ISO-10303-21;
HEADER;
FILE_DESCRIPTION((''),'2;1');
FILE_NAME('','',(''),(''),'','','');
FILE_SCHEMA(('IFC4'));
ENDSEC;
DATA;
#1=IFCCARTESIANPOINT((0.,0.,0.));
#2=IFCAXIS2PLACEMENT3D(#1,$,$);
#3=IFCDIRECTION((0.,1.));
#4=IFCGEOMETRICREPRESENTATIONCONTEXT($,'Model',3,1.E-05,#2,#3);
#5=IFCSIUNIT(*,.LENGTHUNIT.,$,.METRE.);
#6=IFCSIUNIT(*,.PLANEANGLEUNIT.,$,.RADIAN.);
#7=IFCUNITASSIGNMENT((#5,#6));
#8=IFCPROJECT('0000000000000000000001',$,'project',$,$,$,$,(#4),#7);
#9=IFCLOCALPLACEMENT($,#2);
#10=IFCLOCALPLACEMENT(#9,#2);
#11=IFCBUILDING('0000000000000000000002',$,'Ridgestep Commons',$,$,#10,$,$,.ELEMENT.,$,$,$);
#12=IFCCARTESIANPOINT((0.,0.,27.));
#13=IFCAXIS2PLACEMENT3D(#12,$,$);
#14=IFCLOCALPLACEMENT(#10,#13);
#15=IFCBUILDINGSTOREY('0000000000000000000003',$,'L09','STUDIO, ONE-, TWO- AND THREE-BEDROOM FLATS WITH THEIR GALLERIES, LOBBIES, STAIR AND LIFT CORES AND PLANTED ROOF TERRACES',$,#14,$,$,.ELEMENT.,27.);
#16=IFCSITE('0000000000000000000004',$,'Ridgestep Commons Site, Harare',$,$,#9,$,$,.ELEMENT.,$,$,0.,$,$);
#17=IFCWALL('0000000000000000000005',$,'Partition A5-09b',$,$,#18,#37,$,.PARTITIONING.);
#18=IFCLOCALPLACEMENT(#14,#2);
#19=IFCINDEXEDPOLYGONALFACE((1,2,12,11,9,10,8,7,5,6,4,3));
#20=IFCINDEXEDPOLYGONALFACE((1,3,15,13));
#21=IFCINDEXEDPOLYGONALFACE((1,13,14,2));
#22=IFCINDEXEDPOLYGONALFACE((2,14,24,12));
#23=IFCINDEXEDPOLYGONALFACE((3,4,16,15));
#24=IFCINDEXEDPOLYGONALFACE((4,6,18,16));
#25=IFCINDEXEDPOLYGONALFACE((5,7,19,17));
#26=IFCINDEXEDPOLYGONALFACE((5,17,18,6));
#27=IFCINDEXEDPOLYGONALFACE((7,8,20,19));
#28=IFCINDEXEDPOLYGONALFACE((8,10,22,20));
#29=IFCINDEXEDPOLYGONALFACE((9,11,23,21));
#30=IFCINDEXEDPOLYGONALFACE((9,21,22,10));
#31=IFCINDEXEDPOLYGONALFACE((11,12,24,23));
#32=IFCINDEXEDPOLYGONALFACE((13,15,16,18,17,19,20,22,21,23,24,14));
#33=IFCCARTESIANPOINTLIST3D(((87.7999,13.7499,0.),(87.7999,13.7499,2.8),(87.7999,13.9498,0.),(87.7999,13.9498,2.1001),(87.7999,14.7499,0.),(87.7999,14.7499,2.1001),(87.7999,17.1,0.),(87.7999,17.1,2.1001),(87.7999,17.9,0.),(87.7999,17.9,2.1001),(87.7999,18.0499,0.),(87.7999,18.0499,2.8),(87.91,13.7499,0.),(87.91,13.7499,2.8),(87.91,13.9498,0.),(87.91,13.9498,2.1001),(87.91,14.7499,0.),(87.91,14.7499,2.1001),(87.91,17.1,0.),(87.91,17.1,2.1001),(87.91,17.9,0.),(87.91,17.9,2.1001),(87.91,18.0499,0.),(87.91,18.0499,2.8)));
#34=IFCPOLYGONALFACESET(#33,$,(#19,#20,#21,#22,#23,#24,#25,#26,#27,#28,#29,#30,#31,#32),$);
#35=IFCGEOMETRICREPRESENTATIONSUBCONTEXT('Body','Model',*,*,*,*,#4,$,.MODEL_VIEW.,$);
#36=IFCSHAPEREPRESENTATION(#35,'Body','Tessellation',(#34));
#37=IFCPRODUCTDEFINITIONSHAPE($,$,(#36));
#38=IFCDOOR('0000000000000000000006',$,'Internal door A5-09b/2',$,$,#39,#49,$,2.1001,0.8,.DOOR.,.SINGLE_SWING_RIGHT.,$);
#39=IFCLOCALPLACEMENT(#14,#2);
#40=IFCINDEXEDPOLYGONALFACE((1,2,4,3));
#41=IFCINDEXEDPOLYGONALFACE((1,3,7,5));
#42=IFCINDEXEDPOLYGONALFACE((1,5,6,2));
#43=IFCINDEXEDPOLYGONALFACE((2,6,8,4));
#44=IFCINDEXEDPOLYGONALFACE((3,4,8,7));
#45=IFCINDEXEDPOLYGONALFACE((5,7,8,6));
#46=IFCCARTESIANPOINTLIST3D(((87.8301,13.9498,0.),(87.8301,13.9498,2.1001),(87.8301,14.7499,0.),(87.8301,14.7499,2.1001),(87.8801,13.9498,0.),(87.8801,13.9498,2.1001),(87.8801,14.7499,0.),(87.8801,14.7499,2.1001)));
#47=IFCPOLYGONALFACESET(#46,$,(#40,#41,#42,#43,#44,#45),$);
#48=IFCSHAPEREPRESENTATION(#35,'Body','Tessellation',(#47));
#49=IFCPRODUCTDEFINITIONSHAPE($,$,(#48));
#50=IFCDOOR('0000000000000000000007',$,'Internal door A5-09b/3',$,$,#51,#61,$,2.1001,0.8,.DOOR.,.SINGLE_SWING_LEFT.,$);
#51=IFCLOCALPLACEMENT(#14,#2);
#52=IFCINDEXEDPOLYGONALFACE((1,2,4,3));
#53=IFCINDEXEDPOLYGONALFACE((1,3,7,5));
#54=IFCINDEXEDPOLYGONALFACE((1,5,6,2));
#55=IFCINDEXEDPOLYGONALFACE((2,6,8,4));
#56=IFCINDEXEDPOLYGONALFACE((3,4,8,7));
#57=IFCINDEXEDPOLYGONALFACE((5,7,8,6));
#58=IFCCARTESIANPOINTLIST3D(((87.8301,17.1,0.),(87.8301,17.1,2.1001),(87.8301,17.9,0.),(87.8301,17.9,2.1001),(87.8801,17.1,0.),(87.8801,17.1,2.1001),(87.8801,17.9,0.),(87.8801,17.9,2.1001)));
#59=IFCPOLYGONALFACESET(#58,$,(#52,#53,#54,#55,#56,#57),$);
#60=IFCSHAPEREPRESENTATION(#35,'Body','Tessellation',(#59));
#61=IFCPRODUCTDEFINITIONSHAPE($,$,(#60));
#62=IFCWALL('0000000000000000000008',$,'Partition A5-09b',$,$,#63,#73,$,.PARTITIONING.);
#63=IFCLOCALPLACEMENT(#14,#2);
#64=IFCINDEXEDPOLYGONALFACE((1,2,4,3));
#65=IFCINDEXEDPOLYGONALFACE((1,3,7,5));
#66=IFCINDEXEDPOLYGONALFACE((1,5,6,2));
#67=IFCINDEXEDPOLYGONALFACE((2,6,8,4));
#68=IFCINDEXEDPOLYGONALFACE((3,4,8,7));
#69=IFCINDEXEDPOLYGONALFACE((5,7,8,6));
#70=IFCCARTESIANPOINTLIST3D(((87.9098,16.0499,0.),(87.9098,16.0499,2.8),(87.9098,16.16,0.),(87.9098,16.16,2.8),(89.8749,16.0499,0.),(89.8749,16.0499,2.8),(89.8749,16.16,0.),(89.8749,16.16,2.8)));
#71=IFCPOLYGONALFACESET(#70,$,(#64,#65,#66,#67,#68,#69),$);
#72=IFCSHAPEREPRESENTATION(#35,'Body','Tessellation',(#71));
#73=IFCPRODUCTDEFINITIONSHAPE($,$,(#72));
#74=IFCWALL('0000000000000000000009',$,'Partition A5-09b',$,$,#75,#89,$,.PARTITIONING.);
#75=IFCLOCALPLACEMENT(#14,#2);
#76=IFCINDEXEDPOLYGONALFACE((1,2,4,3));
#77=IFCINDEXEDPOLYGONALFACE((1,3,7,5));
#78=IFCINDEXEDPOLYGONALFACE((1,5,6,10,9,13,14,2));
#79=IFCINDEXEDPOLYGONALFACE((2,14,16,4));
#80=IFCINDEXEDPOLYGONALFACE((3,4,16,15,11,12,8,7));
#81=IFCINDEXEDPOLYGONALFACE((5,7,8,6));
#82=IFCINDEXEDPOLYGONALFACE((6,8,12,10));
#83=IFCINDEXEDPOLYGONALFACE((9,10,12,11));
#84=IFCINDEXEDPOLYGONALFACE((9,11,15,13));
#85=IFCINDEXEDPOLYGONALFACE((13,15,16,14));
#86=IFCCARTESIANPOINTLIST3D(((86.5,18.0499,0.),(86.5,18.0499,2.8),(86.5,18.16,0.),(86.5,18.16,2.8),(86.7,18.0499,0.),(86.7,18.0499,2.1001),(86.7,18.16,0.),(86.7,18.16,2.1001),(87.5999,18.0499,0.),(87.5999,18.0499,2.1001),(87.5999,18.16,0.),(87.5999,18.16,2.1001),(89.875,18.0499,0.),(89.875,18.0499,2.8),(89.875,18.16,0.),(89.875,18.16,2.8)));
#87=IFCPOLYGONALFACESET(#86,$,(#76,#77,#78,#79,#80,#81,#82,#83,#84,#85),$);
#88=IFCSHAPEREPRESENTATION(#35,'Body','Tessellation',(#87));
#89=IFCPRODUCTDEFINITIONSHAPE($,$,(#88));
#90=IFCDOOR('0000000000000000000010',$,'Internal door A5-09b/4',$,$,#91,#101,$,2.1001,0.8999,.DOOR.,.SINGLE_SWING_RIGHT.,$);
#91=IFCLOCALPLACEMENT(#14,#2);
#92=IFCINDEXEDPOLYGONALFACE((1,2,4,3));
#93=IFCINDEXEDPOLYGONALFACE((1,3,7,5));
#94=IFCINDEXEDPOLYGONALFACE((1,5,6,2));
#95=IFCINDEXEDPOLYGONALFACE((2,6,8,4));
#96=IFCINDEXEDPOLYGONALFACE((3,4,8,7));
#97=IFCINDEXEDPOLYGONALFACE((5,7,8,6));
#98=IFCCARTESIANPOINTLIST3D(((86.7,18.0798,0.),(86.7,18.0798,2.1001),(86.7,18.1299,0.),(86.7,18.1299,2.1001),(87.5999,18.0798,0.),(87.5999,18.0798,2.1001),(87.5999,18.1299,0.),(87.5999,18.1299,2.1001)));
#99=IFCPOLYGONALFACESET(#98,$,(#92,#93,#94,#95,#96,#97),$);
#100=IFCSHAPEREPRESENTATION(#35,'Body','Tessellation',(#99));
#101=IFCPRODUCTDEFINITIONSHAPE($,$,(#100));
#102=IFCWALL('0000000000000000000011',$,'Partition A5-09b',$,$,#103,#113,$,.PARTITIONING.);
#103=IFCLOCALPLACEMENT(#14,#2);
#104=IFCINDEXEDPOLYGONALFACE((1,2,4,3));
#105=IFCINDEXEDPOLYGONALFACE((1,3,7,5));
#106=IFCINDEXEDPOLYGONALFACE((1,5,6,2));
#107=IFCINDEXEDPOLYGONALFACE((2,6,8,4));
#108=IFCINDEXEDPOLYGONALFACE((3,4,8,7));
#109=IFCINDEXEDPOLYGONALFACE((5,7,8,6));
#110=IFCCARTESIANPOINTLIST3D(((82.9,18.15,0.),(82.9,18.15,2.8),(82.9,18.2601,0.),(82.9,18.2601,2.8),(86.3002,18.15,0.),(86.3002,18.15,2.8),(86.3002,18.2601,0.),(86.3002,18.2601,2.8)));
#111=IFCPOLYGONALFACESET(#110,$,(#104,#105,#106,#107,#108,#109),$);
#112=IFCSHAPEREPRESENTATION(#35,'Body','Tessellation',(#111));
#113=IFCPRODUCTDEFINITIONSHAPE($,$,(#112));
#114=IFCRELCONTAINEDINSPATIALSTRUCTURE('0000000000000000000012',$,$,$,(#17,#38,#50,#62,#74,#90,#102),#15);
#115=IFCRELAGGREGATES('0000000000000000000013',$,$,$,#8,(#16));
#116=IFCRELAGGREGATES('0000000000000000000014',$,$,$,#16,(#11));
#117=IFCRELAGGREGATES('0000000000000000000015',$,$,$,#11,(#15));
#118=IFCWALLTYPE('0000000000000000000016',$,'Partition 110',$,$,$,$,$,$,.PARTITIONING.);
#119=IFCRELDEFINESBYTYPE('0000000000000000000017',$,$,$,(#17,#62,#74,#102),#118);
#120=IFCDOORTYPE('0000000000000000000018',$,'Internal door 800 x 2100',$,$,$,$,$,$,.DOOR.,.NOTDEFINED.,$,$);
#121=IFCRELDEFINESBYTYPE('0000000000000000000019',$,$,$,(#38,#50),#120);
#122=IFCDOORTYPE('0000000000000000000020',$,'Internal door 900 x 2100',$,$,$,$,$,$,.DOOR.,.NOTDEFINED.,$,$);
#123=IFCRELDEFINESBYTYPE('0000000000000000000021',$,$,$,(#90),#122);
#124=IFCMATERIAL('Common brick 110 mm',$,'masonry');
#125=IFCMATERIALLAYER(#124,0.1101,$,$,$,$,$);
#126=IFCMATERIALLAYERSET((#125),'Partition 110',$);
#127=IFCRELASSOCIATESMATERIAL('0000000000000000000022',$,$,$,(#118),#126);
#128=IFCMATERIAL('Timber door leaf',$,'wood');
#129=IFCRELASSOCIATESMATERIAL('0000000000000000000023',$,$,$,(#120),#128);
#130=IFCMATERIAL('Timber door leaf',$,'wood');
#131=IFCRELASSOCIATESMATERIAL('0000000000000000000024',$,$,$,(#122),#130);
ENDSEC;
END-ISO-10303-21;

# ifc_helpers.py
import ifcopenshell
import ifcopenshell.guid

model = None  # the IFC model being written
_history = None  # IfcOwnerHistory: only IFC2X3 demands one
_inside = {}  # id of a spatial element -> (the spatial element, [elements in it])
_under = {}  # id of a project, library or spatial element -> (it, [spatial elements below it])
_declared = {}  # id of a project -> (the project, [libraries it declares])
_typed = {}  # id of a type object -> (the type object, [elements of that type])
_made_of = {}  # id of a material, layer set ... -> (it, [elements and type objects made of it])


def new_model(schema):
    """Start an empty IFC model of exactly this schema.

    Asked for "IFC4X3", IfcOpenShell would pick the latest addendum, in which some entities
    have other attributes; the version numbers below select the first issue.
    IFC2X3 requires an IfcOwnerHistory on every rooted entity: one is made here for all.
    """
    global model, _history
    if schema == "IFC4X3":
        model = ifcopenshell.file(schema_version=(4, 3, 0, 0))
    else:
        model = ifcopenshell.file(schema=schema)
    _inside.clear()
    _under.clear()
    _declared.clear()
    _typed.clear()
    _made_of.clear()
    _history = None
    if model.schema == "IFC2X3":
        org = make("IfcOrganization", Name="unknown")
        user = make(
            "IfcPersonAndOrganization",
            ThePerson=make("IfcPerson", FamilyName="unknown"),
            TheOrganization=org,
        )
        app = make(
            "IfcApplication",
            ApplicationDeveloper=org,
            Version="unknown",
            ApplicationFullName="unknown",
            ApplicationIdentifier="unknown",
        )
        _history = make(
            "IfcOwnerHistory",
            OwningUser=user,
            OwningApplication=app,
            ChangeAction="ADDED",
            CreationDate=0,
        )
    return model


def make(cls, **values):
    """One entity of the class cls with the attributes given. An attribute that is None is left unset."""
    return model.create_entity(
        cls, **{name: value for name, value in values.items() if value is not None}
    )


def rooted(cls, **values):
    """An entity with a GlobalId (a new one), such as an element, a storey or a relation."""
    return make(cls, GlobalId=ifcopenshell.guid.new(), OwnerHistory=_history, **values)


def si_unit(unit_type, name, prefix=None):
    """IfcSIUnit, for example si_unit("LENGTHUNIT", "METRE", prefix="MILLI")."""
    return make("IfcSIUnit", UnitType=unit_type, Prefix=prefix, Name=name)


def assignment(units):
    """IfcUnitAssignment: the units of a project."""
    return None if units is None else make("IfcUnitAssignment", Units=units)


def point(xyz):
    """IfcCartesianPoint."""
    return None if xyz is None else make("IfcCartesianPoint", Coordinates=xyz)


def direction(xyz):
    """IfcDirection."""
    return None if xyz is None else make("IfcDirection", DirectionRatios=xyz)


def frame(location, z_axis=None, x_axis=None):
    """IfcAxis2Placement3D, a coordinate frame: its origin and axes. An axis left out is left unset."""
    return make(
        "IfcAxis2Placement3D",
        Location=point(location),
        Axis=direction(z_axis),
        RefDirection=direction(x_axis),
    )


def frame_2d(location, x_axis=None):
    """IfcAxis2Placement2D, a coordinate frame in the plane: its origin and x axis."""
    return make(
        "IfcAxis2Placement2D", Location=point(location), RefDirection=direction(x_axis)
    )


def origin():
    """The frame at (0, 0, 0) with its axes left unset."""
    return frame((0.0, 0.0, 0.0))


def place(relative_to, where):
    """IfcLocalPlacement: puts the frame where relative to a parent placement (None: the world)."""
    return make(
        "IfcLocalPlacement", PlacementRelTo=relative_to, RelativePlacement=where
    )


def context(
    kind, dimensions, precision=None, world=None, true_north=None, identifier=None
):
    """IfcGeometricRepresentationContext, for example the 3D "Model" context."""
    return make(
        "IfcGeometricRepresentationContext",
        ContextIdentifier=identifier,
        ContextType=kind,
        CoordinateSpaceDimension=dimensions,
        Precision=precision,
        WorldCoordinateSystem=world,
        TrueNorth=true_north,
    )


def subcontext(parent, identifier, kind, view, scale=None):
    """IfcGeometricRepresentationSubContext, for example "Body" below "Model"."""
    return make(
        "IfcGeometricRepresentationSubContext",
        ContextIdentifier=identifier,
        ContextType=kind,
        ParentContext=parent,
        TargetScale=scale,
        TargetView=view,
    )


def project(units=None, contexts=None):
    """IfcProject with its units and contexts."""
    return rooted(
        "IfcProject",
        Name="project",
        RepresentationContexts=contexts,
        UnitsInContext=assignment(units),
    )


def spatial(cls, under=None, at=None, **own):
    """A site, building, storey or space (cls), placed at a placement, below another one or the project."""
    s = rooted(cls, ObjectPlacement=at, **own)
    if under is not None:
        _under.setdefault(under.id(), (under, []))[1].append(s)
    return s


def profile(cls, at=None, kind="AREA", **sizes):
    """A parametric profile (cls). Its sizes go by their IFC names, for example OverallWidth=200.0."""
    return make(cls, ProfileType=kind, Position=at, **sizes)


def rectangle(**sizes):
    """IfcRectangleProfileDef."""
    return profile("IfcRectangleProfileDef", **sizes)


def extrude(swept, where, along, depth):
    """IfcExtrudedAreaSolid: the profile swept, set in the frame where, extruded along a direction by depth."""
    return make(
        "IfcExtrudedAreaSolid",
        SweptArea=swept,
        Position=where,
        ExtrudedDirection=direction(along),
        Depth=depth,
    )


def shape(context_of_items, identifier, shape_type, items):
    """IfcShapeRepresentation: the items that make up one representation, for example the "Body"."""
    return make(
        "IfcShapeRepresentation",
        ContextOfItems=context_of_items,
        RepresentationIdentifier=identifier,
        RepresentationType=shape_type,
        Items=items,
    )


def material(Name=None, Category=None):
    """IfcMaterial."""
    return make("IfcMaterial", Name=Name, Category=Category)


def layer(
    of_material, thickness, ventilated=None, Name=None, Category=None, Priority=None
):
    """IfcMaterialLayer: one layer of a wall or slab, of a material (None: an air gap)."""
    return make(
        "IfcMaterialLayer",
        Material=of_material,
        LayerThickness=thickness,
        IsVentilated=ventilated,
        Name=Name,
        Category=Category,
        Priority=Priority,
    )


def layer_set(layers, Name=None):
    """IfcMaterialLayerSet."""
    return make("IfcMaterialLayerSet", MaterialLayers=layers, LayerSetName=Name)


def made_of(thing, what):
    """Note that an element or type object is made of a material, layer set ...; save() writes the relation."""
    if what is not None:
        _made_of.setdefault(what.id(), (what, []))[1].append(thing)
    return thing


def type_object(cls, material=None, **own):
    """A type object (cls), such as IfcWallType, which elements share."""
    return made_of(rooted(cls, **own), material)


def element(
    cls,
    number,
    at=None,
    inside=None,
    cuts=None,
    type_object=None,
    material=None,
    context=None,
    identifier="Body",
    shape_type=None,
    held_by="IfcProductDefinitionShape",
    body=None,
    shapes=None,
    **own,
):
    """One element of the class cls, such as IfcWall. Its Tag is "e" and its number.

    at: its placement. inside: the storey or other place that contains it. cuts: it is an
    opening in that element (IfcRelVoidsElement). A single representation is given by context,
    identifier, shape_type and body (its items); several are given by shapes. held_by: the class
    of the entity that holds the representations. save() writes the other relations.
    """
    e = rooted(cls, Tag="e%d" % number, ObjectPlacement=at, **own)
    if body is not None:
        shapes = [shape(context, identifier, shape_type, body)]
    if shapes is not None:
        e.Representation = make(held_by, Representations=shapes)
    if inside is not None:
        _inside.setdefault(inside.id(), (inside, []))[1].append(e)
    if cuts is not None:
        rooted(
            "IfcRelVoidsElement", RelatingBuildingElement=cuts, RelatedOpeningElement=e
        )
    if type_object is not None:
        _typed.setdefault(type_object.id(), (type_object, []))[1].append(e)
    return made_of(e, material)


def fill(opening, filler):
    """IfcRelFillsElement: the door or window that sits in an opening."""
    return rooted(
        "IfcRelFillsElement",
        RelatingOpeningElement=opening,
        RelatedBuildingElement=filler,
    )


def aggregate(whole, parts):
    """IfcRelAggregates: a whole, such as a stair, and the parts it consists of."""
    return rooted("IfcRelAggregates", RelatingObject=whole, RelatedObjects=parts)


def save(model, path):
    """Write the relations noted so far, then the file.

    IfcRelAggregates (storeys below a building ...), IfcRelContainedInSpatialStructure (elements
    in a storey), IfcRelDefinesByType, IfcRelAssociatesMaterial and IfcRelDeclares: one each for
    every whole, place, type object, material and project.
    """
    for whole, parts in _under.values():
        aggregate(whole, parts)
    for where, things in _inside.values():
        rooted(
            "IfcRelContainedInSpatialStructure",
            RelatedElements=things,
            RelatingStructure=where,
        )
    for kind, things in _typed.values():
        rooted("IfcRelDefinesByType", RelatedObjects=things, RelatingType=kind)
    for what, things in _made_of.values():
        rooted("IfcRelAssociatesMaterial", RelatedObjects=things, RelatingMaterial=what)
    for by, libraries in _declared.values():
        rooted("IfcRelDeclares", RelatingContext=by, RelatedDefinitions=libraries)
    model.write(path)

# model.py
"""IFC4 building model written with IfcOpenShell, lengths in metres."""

from ifc_helpers import new_model, si_unit, direction, frame, frame_2d, origin, place, context, subcontext, project, spatial, rectangle, extrude, material, layer, layer_set, type_object, element, fill, save


model = new_model("IFC4")

# Units and contexts
model_context = context("Model", 3, precision=1e-05, world=origin(), true_north=direction((0.0, 1.0)))
body_context = subcontext(model_context, "Body", "Model", "MODEL_VIEW")
ifc_project = project(units=[si_unit("LENGTHUNIT", "METRE"), si_unit("PLANEANGLEUNIT", "RADIAN")], contexts=[model_context])

# Site, building, storey
site_placement = place(None, origin())
site = spatial("IfcSite", under=ifc_project, at=site_placement, Name="Ridgestep Commons Site, Harare", CompositionType="ELEMENT", RefElevation=0.0)
building_placement = place(site_placement, origin())
building = spatial("IfcBuilding", under=site, at=building_placement, Name="Ridgestep Commons", CompositionType="ELEMENT")
storey_placement = place(building_placement, frame((0.0, 0.0, 27.0)))
storey = spatial("IfcBuildingStorey", under=building, at=storey_placement, Name="L09", Description="STUDIO, ONE-, TWO- AND THREE-BEDROOM FLATS WITH THEIR GALLERIES, LOBBIES, STAIR AND LIFT CORES AND PLANTED ROOF TERRACES", CompositionType="ELEMENT", Elevation=27.0)

# Wall, openings, doors
ifc_material_1 = material(Name="Common brick 110 mm", Category="masonry")
ifc_layer_1 = layer(ifc_material_1, 0.1101)
ifc_layer_set_1 = layer_set([ifc_layer_1], Name="Partition 110")
wall_type_1 = type_object("IfcWallType", Name="Partition 110", PredefinedType="PARTITIONING", material=ifc_layer_set_1)
wall_1_placement = place(storey_placement, frame((87.855, 13.75, 0.0), z_axis=(0.0, 0.0, 1.0), x_axis=(0.0, 1.0, 0.0)))
wall_1 = element("IfcWall", 1, at=wall_1_placement, inside=storey, type_object=wall_type_1, Name="Partition A5-09b", PredefinedType="PARTITIONING", context=body_context, shape_type="SweptSolid", body=[
    extrude(rectangle(XDim=4.3, YDim=0.1101, at=frame_2d((2.1499, 0.0))), origin(), (0.0, 0.0, 1.0), 2.8),
])
opening_1_placement = place(wall_1_placement, frame((0.2, 0.0, 0.0)))
opening_1 = element("IfcOpeningElement", 2, at=opening_1_placement, cuts=wall_1, PredefinedType="OPENING", context=body_context, shape_type="SweptSolid", body=[
    extrude(rectangle(XDim=0.8, YDim=2.1001, at=frame_2d((0.3999, 1.05))), frame((0.0, 0.0649, 0.0), z_axis=(0.0, -1.0, 0.0), x_axis=(1.0, 0.0, 0.0)), (0.0, 0.0, 1.0), 0.1301),
])
opening_2_placement = place(wall_1_placement, frame((3.3501, 0.0, 0.0)))
opening_2 = element("IfcOpeningElement", 3, at=opening_2_placement, cuts=wall_1, PredefinedType="OPENING", context=body_context, shape_type="SweptSolid", body=[
    extrude(rectangle(XDim=0.8, YDim=2.1001, at=frame_2d((0.3999, 1.05))), frame((0.0, 0.0649, 0.0), z_axis=(0.0, -1.0, 0.0), x_axis=(1.0, 0.0, 0.0)), (0.0, 0.0, 1.0), 0.1301),
])
ifc_material_2 = material(Name="Timber door leaf", Category="wood")
door_type_1 = type_object("IfcDoorType", Name="Internal door 800 x 2100", OperationType="NOTDEFINED", PredefinedType="DOOR", material=ifc_material_2)
door_1_placement = place(opening_1_placement, origin())
door_1 = element("IfcDoor", 4, at=door_1_placement, inside=storey, type_object=door_type_1, Name="Internal door A5-09b/2", OperationType="SINGLE_SWING_RIGHT", OverallHeight=2.1001, OverallWidth=0.8, PredefinedType="DOOR", context=body_context, shape_type="SweptSolid", body=[
    extrude(rectangle(XDim=0.8, YDim=2.1001, at=frame_2d((0.3999, 1.05))), frame((0.0, 0.0249, 0.0), z_axis=(0.0, -1.0, 0.0), x_axis=(1.0, 0.0, 0.0)), (0.0, 0.0, 1.0), 0.05),
])
fill(opening_1, door_1)
door_2_placement = place(opening_2_placement, origin())
door_2 = element("IfcDoor", 5, at=door_2_placement, inside=storey, type_object=door_type_1, Name="Internal door A5-09b/3", OperationType="SINGLE_SWING_LEFT", OverallHeight=2.1001, OverallWidth=0.8, PredefinedType="DOOR", context=body_context, shape_type="SweptSolid", body=[
    extrude(rectangle(XDim=0.8, YDim=2.1001, at=frame_2d((0.3999, 1.05))), frame((0.0, 0.0249, 0.0), z_axis=(0.0, -1.0, 0.0), x_axis=(1.0, 0.0, 0.0)), (0.0, 0.0, 1.0), 0.05),
])
fill(opening_2, door_2)

# Wall
wall_2_placement = place(storey_placement, frame((87.9099, 16.105, 0.0), z_axis=(0.0, 0.0, 1.0), x_axis=(1.0, 0.0, 0.0)))
element("IfcWall", 6, at=wall_2_placement, inside=storey, type_object=wall_type_1, Name="Partition A5-09b", PredefinedType="PARTITIONING", context=body_context, shape_type="SweptSolid", body=[
    extrude(rectangle(XDim=1.9651, YDim=0.1101, at=frame_2d((0.9824, 0.0))), origin(), (0.0, 0.0, 1.0), 2.8),
])

# Wall, opening, door
wall_3_placement = place(storey_placement, frame((86.5, 18.105, 0.0), z_axis=(0.0, 0.0, 1.0), x_axis=(1.0, 0.0, 0.0)))
wall_3 = element("IfcWall", 7, at=wall_3_placement, inside=storey, type_object=wall_type_1, Name="Partition A5-09b", PredefinedType="PARTITIONING", context=body_context, shape_type="SweptSolid", body=[
    extrude(rectangle(XDim=3.375, YDim=0.1101, at=frame_2d((1.6875, 0.0))), origin(), (0.0, 0.0, 1.0), 2.8),
])
opening_3_placement = place(wall_3_placement, frame((0.2, 0.0, 0.0)))
opening_3 = element("IfcOpeningElement", 8, at=opening_3_placement, cuts=wall_3, PredefinedType="OPENING", context=body_context, shape_type="SweptSolid", body=[
    extrude(rectangle(XDim=0.8999, YDim=2.1001, at=frame_2d((0.45, 1.05))), frame((0.0, 0.0649, 0.0), z_axis=(0.0, -1.0, 0.0), x_axis=(1.0, 0.0, 0.0)), (0.0, 0.0, 1.0), 0.1301),
])
ifc_material_3 = material(Name="Timber door leaf", Category="wood")
door_type_2 = type_object("IfcDoorType", Name="Internal door 900 x 2100", OperationType="NOTDEFINED", PredefinedType="DOOR", material=ifc_material_3)
door_3_placement = place(opening_3_placement, origin())
door_3 = element("IfcDoor", 9, at=door_3_placement, inside=storey, type_object=door_type_2, Name="Internal door A5-09b/4", OperationType="SINGLE_SWING_RIGHT", OverallHeight=2.1001, OverallWidth=0.8999, PredefinedType="DOOR", context=body_context, shape_type="SweptSolid", body=[
    extrude(rectangle(XDim=0.8999, YDim=2.1001, at=frame_2d((0.45, 1.05))), frame((0.0, 0.0249, 0.0), z_axis=(0.0, -1.0, 0.0), x_axis=(1.0, 0.0, 0.0)), (0.0, 0.0, 1.0), 0.05),
])
fill(opening_3, door_3)

# Wall
wall_4_placement = place(storey_placement, frame((82.8999, 18.2051, 0.0), z_axis=(0.0, 0.0, 1.0), x_axis=(1.0, 0.0, 0.0)))
element("IfcWall", 10, at=wall_4_placement, inside=storey, type_object=wall_type_1, Name="Partition A5-09b", PredefinedType="PARTITIONING", context=body_context, shape_type="SweptSolid", body=[
    extrude(rectangle(XDim=3.4001, YDim=0.1101, at=frame_2d((1.7002, 0.0))), origin(), (0.0, 0.0, 1.0), 2.8),
])

save(model, "model.ifc")
